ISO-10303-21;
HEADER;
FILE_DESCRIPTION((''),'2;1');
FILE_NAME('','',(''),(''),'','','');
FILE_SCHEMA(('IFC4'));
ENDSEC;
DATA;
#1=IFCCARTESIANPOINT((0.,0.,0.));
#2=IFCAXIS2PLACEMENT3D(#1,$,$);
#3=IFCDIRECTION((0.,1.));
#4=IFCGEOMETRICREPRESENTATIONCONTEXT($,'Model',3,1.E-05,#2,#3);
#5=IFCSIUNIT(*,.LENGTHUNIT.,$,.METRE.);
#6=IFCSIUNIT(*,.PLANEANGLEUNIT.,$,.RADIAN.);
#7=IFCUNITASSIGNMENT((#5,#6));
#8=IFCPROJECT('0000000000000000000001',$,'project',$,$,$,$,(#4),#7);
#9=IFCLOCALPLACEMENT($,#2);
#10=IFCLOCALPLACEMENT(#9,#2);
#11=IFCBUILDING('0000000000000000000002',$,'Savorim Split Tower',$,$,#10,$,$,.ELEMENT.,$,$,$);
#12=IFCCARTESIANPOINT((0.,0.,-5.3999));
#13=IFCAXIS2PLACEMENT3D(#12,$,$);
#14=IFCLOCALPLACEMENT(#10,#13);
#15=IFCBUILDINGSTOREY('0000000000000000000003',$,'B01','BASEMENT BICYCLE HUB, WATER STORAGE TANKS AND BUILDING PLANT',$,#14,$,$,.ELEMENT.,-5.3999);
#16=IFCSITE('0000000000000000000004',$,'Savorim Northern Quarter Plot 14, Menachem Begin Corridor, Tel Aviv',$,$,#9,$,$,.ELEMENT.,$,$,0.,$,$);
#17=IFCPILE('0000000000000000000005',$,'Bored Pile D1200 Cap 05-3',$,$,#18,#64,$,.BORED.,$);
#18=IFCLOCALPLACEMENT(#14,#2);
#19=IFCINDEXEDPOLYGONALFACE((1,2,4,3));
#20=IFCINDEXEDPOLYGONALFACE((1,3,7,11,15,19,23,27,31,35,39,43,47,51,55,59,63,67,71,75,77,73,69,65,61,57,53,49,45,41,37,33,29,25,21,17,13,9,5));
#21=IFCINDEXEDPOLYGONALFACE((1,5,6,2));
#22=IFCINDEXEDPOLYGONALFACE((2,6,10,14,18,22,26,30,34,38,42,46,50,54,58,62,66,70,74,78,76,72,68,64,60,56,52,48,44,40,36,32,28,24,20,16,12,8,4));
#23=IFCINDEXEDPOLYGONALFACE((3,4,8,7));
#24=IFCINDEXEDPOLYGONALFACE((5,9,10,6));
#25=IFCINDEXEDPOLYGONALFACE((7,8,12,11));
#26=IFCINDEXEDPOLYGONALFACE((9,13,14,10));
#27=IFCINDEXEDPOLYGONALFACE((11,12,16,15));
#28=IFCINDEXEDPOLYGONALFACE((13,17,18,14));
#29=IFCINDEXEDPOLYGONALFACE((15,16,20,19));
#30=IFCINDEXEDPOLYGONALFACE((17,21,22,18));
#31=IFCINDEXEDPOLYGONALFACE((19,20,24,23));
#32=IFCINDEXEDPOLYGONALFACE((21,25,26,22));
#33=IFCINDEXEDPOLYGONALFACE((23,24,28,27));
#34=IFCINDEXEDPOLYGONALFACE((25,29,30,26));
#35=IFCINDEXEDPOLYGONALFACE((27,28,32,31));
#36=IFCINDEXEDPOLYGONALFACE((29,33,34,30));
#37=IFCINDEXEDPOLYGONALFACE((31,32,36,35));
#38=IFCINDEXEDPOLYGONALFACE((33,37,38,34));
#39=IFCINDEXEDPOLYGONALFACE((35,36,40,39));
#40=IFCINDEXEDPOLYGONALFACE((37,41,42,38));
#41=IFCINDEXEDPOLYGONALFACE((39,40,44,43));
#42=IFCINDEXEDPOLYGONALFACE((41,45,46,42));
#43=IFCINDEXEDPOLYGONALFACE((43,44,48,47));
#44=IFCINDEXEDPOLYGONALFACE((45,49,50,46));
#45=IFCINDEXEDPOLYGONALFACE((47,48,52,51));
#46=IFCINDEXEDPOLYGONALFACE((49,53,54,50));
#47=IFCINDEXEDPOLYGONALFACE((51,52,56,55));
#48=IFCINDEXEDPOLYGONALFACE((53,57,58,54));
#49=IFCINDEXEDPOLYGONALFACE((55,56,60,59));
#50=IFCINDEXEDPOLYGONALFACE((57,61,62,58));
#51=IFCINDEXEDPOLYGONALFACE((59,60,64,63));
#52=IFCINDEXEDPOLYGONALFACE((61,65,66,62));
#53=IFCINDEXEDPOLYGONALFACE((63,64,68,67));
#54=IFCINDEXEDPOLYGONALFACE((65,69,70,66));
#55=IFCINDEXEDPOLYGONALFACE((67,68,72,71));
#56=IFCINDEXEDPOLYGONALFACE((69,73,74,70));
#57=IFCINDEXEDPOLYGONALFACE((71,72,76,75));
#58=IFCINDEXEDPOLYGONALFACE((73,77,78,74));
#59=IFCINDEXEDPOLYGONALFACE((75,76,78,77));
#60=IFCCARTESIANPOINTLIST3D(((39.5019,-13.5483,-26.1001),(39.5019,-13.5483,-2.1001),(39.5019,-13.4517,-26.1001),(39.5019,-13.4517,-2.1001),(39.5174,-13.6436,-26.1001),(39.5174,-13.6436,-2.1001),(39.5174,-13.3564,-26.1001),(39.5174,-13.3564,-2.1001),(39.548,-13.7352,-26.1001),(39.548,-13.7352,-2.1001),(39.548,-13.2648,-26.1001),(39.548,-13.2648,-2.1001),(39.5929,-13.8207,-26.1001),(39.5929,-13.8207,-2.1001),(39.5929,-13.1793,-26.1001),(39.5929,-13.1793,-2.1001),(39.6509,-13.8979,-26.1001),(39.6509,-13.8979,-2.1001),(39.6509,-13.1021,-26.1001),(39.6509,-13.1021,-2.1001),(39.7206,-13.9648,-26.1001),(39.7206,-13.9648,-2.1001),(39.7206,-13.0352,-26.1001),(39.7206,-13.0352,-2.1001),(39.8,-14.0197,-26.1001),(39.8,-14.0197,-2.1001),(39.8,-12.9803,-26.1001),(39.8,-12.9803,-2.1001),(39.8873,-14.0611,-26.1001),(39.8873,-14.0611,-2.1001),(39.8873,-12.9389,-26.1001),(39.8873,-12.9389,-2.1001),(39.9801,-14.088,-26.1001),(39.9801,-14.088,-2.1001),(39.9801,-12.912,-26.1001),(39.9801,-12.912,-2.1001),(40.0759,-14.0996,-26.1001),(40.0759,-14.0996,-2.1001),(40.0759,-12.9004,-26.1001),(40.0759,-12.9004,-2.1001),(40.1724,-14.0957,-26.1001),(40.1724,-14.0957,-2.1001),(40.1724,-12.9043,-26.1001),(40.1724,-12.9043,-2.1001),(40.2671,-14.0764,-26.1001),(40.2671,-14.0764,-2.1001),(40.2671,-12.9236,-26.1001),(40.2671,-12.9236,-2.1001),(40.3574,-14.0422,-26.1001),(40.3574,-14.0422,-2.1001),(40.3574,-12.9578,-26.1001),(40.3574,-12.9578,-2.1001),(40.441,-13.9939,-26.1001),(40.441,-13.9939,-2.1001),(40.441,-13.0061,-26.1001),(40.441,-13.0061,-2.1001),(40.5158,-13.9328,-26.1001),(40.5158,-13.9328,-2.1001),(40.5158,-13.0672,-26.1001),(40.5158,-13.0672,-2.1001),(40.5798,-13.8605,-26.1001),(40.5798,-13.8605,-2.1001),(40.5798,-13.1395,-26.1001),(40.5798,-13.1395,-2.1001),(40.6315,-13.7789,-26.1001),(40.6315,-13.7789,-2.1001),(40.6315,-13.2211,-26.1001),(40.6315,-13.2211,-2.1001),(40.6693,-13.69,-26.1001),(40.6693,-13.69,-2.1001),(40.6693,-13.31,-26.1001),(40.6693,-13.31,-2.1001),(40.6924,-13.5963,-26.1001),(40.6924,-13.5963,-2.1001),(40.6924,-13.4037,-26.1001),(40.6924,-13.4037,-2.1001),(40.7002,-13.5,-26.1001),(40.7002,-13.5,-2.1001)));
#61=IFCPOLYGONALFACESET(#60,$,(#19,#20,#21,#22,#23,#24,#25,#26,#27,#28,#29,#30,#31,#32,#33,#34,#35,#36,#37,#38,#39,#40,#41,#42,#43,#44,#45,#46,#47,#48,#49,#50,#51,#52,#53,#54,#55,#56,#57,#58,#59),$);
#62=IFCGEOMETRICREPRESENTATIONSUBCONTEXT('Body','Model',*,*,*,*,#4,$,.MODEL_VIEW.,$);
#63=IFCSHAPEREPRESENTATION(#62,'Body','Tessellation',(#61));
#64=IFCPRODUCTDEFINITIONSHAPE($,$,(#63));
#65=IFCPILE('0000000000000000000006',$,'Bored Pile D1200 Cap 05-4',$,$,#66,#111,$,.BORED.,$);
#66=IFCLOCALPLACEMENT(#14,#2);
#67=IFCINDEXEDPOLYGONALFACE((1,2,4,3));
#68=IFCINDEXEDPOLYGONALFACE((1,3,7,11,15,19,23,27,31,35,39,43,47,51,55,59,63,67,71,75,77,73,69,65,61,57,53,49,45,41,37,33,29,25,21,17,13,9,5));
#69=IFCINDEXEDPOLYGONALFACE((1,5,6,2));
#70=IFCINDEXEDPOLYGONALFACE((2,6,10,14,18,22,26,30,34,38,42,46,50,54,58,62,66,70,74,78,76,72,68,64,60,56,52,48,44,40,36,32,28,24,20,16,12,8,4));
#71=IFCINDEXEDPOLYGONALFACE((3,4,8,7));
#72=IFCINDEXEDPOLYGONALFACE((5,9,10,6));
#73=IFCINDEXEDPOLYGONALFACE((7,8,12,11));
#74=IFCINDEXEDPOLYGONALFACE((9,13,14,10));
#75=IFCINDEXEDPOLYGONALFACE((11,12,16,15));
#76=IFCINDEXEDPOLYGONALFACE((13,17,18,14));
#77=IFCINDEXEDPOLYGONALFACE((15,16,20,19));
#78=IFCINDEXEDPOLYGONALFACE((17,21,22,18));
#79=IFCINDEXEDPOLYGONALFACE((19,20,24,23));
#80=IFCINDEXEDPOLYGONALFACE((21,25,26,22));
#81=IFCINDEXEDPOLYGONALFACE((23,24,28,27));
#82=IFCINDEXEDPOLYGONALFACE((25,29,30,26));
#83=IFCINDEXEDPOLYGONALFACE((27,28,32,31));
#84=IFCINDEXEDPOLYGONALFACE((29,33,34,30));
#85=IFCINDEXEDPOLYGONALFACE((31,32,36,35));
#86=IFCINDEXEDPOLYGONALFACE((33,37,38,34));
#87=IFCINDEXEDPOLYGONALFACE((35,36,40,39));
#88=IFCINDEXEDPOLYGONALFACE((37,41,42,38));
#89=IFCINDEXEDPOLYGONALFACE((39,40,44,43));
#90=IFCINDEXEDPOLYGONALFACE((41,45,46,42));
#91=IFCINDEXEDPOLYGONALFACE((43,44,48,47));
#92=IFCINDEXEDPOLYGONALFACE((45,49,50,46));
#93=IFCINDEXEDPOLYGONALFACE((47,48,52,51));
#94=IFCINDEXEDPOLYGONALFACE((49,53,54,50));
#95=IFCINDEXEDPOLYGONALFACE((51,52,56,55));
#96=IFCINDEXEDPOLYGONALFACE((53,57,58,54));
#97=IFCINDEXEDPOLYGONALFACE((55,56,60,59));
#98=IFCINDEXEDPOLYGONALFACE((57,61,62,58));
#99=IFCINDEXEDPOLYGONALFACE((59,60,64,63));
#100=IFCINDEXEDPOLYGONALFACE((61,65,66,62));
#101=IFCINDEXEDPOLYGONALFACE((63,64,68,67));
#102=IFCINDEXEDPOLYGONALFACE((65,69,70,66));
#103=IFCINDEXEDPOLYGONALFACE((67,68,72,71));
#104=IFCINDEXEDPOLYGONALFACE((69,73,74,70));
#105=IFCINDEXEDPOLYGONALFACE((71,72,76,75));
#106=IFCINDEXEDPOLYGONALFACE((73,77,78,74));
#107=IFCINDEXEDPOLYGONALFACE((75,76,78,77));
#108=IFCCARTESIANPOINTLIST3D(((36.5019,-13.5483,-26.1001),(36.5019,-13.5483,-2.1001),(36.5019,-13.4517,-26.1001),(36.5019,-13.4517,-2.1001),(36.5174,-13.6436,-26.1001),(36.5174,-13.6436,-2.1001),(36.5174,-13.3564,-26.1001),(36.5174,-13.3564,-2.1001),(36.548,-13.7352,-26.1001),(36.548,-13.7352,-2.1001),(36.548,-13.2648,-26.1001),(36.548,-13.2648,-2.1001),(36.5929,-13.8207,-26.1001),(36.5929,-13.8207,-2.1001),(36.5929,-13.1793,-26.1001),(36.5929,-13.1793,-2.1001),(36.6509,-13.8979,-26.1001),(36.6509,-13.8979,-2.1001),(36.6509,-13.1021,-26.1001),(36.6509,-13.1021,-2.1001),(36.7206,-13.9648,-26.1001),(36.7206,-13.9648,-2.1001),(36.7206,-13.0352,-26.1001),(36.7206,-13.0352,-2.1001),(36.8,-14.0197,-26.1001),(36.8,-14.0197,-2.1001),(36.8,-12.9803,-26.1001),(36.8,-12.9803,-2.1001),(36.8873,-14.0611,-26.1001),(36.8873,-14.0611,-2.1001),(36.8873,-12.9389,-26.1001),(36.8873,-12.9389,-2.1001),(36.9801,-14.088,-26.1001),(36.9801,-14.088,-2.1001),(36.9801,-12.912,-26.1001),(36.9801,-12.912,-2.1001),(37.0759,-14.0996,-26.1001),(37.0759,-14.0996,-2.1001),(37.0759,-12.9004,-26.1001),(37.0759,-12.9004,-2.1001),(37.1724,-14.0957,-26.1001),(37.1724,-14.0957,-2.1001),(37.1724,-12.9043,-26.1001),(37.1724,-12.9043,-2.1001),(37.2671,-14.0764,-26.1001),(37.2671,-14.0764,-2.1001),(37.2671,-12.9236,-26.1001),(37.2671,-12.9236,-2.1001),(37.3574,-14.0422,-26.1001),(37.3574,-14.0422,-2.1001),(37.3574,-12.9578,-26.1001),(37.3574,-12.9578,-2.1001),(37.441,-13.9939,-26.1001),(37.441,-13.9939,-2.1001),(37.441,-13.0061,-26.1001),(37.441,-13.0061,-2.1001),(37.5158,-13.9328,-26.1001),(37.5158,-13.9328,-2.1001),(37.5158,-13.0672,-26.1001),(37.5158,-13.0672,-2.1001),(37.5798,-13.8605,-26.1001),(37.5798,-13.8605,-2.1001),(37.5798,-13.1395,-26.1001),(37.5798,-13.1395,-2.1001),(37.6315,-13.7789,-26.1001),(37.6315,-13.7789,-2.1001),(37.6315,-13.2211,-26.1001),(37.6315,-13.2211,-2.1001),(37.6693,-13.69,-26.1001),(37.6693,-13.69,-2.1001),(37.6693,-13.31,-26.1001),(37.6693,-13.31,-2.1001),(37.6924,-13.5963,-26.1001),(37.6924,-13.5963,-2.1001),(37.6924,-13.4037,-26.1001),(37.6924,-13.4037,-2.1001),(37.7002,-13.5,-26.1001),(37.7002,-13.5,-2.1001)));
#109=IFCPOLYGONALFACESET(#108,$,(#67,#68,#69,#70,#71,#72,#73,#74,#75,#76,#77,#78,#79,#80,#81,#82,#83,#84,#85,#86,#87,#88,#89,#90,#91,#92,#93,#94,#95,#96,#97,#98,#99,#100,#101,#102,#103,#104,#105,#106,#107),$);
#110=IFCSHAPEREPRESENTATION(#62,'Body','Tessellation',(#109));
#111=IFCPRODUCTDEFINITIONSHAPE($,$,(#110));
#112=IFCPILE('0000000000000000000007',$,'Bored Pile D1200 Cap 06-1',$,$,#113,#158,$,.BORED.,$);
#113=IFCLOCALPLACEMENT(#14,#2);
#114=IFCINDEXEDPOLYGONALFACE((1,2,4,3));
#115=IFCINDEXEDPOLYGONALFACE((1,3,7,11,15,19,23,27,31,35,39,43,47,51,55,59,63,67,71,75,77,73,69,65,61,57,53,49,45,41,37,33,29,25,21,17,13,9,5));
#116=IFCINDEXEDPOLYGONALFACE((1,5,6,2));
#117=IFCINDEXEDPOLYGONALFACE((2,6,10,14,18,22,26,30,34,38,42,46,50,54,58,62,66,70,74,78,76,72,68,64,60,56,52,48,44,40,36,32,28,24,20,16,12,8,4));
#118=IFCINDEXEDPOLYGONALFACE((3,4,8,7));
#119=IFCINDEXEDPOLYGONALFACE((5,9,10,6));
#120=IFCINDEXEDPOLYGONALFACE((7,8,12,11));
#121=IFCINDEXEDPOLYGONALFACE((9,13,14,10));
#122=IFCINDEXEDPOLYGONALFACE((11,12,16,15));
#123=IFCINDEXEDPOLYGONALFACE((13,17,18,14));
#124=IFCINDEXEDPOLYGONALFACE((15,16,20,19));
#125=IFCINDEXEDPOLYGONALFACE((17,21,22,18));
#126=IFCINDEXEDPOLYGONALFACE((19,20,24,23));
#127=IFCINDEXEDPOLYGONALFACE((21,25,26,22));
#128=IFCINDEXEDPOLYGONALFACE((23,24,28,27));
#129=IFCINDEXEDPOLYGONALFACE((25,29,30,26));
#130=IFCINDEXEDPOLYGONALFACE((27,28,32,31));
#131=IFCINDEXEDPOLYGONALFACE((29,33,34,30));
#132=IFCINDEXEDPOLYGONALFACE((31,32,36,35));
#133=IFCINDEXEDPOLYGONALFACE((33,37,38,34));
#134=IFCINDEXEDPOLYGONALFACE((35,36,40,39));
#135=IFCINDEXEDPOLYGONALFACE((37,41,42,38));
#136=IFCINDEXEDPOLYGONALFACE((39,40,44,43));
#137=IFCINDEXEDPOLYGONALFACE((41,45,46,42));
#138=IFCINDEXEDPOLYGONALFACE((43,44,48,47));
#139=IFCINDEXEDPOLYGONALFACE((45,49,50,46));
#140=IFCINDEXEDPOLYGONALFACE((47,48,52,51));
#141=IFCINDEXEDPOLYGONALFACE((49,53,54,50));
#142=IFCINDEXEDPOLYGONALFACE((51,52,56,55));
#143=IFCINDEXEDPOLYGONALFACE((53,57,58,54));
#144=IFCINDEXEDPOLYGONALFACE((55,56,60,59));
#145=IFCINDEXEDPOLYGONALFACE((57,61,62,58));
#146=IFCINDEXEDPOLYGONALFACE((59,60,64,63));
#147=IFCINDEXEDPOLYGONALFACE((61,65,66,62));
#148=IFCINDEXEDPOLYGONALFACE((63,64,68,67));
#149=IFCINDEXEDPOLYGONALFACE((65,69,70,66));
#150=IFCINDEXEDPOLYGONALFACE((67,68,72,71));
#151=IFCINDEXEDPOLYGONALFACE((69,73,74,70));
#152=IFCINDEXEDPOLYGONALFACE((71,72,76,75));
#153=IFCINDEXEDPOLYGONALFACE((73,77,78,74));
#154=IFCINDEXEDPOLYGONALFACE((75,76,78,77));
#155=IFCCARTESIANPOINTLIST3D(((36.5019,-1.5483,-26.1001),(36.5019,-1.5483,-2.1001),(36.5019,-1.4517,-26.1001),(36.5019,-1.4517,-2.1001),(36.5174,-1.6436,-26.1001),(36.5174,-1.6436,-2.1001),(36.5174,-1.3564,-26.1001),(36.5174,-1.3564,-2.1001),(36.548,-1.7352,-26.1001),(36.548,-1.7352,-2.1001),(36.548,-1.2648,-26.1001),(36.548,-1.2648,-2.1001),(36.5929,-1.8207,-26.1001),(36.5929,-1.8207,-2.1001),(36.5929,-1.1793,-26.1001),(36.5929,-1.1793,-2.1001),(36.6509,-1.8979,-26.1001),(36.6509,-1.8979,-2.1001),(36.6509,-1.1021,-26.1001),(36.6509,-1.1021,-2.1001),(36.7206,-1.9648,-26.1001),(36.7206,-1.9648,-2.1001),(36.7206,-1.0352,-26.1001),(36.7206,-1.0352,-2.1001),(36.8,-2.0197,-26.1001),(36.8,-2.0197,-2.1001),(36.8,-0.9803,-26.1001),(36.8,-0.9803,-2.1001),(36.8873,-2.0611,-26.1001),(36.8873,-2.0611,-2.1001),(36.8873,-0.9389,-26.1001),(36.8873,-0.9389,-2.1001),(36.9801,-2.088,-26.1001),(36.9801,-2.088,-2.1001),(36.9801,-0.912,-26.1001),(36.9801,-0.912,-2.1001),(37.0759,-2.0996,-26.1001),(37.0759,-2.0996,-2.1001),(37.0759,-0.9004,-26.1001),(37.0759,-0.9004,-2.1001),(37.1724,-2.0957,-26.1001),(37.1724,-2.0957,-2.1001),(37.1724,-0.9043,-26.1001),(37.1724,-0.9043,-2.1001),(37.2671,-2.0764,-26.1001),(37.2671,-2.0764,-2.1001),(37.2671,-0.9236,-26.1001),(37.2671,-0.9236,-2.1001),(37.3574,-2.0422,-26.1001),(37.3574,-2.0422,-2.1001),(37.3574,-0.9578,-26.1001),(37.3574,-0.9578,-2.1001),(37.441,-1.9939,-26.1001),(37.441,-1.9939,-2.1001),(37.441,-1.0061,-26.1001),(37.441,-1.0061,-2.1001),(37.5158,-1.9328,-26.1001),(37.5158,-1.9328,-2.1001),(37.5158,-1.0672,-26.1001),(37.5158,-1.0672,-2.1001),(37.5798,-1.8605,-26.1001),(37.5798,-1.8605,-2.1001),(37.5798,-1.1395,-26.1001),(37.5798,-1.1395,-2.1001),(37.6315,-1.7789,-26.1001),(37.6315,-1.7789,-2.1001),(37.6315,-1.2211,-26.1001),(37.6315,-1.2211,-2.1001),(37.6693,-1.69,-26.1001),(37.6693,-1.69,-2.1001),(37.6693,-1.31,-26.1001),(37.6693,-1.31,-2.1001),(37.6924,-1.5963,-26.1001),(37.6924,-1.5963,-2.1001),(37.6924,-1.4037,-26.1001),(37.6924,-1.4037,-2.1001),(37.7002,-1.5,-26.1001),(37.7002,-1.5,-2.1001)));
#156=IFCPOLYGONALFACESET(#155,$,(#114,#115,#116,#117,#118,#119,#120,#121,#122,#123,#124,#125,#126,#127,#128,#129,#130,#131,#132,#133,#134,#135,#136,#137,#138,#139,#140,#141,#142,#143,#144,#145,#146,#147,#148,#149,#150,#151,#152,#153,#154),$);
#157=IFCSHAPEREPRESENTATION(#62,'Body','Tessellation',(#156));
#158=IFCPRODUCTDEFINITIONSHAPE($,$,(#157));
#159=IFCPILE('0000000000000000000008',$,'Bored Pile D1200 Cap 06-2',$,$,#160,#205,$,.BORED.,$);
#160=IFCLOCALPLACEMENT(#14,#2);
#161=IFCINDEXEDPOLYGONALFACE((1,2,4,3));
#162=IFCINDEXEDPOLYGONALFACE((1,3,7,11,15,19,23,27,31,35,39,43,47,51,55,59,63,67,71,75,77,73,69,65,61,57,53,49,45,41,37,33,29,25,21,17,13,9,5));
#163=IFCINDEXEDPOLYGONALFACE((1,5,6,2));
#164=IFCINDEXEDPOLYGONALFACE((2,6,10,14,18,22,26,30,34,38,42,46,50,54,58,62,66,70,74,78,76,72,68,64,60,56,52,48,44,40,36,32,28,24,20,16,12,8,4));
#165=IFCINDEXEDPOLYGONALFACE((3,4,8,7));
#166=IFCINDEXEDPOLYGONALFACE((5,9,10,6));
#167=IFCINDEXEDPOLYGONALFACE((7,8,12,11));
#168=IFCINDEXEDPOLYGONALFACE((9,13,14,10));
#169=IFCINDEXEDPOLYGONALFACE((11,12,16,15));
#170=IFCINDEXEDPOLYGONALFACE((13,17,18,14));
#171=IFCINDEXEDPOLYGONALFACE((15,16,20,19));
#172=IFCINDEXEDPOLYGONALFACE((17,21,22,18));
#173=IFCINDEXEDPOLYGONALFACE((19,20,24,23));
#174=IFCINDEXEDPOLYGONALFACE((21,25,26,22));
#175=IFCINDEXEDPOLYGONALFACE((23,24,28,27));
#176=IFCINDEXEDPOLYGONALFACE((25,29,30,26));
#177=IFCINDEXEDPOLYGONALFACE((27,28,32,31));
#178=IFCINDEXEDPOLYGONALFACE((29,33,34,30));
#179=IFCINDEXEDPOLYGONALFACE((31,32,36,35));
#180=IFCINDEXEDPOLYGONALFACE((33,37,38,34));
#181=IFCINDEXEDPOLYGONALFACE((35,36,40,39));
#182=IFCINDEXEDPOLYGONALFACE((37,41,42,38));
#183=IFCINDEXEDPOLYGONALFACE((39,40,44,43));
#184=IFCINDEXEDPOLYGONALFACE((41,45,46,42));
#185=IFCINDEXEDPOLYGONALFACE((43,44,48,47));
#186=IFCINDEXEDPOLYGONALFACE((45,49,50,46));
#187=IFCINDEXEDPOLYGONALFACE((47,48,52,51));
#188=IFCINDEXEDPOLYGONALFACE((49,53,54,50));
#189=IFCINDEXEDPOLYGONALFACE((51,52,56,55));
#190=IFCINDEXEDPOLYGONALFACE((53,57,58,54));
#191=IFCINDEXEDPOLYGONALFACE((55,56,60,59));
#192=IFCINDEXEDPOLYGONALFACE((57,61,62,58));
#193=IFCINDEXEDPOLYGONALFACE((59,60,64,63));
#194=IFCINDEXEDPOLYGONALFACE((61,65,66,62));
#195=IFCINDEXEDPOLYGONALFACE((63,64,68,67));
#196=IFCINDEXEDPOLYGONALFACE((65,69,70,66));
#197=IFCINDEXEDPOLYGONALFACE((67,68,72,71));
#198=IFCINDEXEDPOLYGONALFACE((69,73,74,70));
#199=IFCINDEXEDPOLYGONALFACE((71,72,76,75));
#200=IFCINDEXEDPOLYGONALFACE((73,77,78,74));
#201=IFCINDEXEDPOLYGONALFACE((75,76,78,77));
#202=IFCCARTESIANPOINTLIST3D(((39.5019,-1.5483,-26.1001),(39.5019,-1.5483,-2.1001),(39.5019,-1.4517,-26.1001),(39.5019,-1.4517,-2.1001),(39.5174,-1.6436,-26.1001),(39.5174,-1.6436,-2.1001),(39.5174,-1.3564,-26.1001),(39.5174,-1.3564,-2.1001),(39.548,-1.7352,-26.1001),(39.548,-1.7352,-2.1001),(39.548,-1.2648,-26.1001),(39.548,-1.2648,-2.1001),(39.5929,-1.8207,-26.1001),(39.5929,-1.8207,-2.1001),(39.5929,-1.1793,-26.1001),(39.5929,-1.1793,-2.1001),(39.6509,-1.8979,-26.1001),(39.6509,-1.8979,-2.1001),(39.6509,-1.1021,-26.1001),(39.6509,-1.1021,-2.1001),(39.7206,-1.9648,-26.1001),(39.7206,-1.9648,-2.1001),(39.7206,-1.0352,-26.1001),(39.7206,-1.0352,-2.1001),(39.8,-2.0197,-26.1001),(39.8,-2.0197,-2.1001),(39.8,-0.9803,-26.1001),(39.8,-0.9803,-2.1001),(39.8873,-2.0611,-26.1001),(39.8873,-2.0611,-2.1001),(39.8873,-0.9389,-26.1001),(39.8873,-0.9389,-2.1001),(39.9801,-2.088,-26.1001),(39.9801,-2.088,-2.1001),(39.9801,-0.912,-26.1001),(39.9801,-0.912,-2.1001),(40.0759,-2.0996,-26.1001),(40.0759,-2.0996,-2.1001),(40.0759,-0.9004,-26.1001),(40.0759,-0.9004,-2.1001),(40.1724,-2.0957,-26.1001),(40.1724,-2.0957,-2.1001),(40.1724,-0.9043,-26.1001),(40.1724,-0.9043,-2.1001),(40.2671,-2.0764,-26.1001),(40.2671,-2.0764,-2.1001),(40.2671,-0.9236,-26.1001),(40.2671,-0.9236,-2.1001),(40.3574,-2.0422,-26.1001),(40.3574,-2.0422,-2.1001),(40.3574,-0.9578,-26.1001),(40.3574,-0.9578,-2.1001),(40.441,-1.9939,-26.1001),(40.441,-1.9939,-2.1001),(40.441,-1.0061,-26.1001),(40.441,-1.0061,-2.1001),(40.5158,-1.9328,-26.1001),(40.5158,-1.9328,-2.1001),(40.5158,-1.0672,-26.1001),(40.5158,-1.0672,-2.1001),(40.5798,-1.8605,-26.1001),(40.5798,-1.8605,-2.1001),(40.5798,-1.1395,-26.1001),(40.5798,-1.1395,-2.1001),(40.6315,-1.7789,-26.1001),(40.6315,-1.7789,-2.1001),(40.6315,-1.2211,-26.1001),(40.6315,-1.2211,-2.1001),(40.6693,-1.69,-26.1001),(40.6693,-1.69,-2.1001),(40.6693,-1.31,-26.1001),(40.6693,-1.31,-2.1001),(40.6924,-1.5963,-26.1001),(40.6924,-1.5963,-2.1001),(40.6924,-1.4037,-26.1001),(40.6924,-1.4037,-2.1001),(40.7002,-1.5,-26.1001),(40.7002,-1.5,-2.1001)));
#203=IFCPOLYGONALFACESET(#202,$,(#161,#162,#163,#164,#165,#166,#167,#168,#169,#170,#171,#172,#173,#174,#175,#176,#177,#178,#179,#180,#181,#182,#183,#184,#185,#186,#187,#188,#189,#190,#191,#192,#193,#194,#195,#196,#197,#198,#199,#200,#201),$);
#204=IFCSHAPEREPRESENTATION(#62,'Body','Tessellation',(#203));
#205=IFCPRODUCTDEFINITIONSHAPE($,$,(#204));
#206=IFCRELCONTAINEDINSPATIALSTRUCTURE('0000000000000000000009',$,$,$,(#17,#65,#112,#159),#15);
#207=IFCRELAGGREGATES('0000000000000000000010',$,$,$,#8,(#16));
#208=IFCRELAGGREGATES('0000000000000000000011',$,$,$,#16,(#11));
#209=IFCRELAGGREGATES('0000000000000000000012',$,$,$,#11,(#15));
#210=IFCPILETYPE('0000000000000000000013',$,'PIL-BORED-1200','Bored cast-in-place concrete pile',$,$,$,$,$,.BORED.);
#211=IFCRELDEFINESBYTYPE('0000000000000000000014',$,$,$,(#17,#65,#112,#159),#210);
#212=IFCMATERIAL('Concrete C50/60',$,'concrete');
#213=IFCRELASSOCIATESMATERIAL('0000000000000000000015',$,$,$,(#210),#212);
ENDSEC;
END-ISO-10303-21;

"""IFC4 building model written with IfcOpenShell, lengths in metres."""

from ifc_helpers import new_model, si_unit, direction, frame, origin, origin_2d, place, context, subcontext, project, spatial, circle, extrude, material, material_profile, profile_set, type_object, element, save


model = new_model("IFC4")

# Units and contexts
model_context = context("Model", 3, precision=1e-05, world=origin(), true_north=direction((0.0, 1.0)))
body_context = subcontext(model_context, "Body", "Model", "MODEL_VIEW")
ifc_project = project(units=[si_unit("LENGTHUNIT", "METRE"), si_unit("PLANEANGLEUNIT", "RADIAN")], contexts=[model_context])

# Site, building, storey
site_placement = place(None, origin())
site = spatial("IfcSite", under=ifc_project, at=site_placement, Name="Savorim Northern Quarter Plot 14, Menachem Begin Corridor, Tel Aviv", CompositionType="ELEMENT", RefElevation=0.0)
building_placement = place(site_placement, origin())
building = spatial("IfcBuilding", under=site, at=building_placement, Name="Savorim Split Tower", CompositionType="ELEMENT")
storey_placement = place(building_placement, frame((0.0, 0.0, -5.3999)))
storey = spatial("IfcBuildingStorey", under=building, at=storey_placement, Name="B01", Description="BASEMENT BICYCLE HUB, WATER STORAGE TANKS AND BUILDING PLANT", CompositionType="ELEMENT", Elevation=-5.3999)

# Shared definitions
ifc_material_1 = material(Name="Concrete C50/60", Category="concrete")

# Piles
ifc_material_profile_1 = material_profile(ifc_material_1, circle(Radius=0.6001, at=origin_2d()), Name="PILE D1200")
ifc_profile_set_1 = profile_set([ifc_material_profile_1], Name="Concrete C50/60")
pile_type = type_object("IfcPileType", Name="PIL-BORED-1200", Description="Bored cast-in-place concrete pile", PredefinedType="BORED", material=ifc_profile_set_1)
for number, where, z_axis, x_axis, name in (
    (1, (40.1001, -13.5, -2.1001), (0.0, 0.0, -1.0), (1.0, 0.0, 0.0), "Bored Pile D1200 Cap 05-3"),
    (2, (37.1001, -13.5, -2.1001), (0.0, 0.0, -1.0), (1.0, 0.0, 0.0), "Bored Pile D1200 Cap 05-4"),
    (3, (37.1001, -1.5, -2.1001), (0.0, 0.0, -1.0), (1.0, 0.0, 0.0), "Bored Pile D1200 Cap 06-1"),
    (4, (40.1001, -1.5, -2.1001), (0.0, 0.0, -1.0), (1.0, 0.0, 0.0), "Bored Pile D1200 Cap 06-2"),
):
    element("IfcPile", number, at=place(storey_placement, frame(where, z_axis=z_axis, x_axis=x_axis)), inside=storey, type_object=pile_type, Name=name, PredefinedType="BORED", context=body_context, shape_type="SweptSolid", body=[
        extrude(circle(Radius=0.6001, at=origin_2d()), origin(), (0.0, 0.0, 1.0), 24.0),
    ])

save(model, "model.ifc")
